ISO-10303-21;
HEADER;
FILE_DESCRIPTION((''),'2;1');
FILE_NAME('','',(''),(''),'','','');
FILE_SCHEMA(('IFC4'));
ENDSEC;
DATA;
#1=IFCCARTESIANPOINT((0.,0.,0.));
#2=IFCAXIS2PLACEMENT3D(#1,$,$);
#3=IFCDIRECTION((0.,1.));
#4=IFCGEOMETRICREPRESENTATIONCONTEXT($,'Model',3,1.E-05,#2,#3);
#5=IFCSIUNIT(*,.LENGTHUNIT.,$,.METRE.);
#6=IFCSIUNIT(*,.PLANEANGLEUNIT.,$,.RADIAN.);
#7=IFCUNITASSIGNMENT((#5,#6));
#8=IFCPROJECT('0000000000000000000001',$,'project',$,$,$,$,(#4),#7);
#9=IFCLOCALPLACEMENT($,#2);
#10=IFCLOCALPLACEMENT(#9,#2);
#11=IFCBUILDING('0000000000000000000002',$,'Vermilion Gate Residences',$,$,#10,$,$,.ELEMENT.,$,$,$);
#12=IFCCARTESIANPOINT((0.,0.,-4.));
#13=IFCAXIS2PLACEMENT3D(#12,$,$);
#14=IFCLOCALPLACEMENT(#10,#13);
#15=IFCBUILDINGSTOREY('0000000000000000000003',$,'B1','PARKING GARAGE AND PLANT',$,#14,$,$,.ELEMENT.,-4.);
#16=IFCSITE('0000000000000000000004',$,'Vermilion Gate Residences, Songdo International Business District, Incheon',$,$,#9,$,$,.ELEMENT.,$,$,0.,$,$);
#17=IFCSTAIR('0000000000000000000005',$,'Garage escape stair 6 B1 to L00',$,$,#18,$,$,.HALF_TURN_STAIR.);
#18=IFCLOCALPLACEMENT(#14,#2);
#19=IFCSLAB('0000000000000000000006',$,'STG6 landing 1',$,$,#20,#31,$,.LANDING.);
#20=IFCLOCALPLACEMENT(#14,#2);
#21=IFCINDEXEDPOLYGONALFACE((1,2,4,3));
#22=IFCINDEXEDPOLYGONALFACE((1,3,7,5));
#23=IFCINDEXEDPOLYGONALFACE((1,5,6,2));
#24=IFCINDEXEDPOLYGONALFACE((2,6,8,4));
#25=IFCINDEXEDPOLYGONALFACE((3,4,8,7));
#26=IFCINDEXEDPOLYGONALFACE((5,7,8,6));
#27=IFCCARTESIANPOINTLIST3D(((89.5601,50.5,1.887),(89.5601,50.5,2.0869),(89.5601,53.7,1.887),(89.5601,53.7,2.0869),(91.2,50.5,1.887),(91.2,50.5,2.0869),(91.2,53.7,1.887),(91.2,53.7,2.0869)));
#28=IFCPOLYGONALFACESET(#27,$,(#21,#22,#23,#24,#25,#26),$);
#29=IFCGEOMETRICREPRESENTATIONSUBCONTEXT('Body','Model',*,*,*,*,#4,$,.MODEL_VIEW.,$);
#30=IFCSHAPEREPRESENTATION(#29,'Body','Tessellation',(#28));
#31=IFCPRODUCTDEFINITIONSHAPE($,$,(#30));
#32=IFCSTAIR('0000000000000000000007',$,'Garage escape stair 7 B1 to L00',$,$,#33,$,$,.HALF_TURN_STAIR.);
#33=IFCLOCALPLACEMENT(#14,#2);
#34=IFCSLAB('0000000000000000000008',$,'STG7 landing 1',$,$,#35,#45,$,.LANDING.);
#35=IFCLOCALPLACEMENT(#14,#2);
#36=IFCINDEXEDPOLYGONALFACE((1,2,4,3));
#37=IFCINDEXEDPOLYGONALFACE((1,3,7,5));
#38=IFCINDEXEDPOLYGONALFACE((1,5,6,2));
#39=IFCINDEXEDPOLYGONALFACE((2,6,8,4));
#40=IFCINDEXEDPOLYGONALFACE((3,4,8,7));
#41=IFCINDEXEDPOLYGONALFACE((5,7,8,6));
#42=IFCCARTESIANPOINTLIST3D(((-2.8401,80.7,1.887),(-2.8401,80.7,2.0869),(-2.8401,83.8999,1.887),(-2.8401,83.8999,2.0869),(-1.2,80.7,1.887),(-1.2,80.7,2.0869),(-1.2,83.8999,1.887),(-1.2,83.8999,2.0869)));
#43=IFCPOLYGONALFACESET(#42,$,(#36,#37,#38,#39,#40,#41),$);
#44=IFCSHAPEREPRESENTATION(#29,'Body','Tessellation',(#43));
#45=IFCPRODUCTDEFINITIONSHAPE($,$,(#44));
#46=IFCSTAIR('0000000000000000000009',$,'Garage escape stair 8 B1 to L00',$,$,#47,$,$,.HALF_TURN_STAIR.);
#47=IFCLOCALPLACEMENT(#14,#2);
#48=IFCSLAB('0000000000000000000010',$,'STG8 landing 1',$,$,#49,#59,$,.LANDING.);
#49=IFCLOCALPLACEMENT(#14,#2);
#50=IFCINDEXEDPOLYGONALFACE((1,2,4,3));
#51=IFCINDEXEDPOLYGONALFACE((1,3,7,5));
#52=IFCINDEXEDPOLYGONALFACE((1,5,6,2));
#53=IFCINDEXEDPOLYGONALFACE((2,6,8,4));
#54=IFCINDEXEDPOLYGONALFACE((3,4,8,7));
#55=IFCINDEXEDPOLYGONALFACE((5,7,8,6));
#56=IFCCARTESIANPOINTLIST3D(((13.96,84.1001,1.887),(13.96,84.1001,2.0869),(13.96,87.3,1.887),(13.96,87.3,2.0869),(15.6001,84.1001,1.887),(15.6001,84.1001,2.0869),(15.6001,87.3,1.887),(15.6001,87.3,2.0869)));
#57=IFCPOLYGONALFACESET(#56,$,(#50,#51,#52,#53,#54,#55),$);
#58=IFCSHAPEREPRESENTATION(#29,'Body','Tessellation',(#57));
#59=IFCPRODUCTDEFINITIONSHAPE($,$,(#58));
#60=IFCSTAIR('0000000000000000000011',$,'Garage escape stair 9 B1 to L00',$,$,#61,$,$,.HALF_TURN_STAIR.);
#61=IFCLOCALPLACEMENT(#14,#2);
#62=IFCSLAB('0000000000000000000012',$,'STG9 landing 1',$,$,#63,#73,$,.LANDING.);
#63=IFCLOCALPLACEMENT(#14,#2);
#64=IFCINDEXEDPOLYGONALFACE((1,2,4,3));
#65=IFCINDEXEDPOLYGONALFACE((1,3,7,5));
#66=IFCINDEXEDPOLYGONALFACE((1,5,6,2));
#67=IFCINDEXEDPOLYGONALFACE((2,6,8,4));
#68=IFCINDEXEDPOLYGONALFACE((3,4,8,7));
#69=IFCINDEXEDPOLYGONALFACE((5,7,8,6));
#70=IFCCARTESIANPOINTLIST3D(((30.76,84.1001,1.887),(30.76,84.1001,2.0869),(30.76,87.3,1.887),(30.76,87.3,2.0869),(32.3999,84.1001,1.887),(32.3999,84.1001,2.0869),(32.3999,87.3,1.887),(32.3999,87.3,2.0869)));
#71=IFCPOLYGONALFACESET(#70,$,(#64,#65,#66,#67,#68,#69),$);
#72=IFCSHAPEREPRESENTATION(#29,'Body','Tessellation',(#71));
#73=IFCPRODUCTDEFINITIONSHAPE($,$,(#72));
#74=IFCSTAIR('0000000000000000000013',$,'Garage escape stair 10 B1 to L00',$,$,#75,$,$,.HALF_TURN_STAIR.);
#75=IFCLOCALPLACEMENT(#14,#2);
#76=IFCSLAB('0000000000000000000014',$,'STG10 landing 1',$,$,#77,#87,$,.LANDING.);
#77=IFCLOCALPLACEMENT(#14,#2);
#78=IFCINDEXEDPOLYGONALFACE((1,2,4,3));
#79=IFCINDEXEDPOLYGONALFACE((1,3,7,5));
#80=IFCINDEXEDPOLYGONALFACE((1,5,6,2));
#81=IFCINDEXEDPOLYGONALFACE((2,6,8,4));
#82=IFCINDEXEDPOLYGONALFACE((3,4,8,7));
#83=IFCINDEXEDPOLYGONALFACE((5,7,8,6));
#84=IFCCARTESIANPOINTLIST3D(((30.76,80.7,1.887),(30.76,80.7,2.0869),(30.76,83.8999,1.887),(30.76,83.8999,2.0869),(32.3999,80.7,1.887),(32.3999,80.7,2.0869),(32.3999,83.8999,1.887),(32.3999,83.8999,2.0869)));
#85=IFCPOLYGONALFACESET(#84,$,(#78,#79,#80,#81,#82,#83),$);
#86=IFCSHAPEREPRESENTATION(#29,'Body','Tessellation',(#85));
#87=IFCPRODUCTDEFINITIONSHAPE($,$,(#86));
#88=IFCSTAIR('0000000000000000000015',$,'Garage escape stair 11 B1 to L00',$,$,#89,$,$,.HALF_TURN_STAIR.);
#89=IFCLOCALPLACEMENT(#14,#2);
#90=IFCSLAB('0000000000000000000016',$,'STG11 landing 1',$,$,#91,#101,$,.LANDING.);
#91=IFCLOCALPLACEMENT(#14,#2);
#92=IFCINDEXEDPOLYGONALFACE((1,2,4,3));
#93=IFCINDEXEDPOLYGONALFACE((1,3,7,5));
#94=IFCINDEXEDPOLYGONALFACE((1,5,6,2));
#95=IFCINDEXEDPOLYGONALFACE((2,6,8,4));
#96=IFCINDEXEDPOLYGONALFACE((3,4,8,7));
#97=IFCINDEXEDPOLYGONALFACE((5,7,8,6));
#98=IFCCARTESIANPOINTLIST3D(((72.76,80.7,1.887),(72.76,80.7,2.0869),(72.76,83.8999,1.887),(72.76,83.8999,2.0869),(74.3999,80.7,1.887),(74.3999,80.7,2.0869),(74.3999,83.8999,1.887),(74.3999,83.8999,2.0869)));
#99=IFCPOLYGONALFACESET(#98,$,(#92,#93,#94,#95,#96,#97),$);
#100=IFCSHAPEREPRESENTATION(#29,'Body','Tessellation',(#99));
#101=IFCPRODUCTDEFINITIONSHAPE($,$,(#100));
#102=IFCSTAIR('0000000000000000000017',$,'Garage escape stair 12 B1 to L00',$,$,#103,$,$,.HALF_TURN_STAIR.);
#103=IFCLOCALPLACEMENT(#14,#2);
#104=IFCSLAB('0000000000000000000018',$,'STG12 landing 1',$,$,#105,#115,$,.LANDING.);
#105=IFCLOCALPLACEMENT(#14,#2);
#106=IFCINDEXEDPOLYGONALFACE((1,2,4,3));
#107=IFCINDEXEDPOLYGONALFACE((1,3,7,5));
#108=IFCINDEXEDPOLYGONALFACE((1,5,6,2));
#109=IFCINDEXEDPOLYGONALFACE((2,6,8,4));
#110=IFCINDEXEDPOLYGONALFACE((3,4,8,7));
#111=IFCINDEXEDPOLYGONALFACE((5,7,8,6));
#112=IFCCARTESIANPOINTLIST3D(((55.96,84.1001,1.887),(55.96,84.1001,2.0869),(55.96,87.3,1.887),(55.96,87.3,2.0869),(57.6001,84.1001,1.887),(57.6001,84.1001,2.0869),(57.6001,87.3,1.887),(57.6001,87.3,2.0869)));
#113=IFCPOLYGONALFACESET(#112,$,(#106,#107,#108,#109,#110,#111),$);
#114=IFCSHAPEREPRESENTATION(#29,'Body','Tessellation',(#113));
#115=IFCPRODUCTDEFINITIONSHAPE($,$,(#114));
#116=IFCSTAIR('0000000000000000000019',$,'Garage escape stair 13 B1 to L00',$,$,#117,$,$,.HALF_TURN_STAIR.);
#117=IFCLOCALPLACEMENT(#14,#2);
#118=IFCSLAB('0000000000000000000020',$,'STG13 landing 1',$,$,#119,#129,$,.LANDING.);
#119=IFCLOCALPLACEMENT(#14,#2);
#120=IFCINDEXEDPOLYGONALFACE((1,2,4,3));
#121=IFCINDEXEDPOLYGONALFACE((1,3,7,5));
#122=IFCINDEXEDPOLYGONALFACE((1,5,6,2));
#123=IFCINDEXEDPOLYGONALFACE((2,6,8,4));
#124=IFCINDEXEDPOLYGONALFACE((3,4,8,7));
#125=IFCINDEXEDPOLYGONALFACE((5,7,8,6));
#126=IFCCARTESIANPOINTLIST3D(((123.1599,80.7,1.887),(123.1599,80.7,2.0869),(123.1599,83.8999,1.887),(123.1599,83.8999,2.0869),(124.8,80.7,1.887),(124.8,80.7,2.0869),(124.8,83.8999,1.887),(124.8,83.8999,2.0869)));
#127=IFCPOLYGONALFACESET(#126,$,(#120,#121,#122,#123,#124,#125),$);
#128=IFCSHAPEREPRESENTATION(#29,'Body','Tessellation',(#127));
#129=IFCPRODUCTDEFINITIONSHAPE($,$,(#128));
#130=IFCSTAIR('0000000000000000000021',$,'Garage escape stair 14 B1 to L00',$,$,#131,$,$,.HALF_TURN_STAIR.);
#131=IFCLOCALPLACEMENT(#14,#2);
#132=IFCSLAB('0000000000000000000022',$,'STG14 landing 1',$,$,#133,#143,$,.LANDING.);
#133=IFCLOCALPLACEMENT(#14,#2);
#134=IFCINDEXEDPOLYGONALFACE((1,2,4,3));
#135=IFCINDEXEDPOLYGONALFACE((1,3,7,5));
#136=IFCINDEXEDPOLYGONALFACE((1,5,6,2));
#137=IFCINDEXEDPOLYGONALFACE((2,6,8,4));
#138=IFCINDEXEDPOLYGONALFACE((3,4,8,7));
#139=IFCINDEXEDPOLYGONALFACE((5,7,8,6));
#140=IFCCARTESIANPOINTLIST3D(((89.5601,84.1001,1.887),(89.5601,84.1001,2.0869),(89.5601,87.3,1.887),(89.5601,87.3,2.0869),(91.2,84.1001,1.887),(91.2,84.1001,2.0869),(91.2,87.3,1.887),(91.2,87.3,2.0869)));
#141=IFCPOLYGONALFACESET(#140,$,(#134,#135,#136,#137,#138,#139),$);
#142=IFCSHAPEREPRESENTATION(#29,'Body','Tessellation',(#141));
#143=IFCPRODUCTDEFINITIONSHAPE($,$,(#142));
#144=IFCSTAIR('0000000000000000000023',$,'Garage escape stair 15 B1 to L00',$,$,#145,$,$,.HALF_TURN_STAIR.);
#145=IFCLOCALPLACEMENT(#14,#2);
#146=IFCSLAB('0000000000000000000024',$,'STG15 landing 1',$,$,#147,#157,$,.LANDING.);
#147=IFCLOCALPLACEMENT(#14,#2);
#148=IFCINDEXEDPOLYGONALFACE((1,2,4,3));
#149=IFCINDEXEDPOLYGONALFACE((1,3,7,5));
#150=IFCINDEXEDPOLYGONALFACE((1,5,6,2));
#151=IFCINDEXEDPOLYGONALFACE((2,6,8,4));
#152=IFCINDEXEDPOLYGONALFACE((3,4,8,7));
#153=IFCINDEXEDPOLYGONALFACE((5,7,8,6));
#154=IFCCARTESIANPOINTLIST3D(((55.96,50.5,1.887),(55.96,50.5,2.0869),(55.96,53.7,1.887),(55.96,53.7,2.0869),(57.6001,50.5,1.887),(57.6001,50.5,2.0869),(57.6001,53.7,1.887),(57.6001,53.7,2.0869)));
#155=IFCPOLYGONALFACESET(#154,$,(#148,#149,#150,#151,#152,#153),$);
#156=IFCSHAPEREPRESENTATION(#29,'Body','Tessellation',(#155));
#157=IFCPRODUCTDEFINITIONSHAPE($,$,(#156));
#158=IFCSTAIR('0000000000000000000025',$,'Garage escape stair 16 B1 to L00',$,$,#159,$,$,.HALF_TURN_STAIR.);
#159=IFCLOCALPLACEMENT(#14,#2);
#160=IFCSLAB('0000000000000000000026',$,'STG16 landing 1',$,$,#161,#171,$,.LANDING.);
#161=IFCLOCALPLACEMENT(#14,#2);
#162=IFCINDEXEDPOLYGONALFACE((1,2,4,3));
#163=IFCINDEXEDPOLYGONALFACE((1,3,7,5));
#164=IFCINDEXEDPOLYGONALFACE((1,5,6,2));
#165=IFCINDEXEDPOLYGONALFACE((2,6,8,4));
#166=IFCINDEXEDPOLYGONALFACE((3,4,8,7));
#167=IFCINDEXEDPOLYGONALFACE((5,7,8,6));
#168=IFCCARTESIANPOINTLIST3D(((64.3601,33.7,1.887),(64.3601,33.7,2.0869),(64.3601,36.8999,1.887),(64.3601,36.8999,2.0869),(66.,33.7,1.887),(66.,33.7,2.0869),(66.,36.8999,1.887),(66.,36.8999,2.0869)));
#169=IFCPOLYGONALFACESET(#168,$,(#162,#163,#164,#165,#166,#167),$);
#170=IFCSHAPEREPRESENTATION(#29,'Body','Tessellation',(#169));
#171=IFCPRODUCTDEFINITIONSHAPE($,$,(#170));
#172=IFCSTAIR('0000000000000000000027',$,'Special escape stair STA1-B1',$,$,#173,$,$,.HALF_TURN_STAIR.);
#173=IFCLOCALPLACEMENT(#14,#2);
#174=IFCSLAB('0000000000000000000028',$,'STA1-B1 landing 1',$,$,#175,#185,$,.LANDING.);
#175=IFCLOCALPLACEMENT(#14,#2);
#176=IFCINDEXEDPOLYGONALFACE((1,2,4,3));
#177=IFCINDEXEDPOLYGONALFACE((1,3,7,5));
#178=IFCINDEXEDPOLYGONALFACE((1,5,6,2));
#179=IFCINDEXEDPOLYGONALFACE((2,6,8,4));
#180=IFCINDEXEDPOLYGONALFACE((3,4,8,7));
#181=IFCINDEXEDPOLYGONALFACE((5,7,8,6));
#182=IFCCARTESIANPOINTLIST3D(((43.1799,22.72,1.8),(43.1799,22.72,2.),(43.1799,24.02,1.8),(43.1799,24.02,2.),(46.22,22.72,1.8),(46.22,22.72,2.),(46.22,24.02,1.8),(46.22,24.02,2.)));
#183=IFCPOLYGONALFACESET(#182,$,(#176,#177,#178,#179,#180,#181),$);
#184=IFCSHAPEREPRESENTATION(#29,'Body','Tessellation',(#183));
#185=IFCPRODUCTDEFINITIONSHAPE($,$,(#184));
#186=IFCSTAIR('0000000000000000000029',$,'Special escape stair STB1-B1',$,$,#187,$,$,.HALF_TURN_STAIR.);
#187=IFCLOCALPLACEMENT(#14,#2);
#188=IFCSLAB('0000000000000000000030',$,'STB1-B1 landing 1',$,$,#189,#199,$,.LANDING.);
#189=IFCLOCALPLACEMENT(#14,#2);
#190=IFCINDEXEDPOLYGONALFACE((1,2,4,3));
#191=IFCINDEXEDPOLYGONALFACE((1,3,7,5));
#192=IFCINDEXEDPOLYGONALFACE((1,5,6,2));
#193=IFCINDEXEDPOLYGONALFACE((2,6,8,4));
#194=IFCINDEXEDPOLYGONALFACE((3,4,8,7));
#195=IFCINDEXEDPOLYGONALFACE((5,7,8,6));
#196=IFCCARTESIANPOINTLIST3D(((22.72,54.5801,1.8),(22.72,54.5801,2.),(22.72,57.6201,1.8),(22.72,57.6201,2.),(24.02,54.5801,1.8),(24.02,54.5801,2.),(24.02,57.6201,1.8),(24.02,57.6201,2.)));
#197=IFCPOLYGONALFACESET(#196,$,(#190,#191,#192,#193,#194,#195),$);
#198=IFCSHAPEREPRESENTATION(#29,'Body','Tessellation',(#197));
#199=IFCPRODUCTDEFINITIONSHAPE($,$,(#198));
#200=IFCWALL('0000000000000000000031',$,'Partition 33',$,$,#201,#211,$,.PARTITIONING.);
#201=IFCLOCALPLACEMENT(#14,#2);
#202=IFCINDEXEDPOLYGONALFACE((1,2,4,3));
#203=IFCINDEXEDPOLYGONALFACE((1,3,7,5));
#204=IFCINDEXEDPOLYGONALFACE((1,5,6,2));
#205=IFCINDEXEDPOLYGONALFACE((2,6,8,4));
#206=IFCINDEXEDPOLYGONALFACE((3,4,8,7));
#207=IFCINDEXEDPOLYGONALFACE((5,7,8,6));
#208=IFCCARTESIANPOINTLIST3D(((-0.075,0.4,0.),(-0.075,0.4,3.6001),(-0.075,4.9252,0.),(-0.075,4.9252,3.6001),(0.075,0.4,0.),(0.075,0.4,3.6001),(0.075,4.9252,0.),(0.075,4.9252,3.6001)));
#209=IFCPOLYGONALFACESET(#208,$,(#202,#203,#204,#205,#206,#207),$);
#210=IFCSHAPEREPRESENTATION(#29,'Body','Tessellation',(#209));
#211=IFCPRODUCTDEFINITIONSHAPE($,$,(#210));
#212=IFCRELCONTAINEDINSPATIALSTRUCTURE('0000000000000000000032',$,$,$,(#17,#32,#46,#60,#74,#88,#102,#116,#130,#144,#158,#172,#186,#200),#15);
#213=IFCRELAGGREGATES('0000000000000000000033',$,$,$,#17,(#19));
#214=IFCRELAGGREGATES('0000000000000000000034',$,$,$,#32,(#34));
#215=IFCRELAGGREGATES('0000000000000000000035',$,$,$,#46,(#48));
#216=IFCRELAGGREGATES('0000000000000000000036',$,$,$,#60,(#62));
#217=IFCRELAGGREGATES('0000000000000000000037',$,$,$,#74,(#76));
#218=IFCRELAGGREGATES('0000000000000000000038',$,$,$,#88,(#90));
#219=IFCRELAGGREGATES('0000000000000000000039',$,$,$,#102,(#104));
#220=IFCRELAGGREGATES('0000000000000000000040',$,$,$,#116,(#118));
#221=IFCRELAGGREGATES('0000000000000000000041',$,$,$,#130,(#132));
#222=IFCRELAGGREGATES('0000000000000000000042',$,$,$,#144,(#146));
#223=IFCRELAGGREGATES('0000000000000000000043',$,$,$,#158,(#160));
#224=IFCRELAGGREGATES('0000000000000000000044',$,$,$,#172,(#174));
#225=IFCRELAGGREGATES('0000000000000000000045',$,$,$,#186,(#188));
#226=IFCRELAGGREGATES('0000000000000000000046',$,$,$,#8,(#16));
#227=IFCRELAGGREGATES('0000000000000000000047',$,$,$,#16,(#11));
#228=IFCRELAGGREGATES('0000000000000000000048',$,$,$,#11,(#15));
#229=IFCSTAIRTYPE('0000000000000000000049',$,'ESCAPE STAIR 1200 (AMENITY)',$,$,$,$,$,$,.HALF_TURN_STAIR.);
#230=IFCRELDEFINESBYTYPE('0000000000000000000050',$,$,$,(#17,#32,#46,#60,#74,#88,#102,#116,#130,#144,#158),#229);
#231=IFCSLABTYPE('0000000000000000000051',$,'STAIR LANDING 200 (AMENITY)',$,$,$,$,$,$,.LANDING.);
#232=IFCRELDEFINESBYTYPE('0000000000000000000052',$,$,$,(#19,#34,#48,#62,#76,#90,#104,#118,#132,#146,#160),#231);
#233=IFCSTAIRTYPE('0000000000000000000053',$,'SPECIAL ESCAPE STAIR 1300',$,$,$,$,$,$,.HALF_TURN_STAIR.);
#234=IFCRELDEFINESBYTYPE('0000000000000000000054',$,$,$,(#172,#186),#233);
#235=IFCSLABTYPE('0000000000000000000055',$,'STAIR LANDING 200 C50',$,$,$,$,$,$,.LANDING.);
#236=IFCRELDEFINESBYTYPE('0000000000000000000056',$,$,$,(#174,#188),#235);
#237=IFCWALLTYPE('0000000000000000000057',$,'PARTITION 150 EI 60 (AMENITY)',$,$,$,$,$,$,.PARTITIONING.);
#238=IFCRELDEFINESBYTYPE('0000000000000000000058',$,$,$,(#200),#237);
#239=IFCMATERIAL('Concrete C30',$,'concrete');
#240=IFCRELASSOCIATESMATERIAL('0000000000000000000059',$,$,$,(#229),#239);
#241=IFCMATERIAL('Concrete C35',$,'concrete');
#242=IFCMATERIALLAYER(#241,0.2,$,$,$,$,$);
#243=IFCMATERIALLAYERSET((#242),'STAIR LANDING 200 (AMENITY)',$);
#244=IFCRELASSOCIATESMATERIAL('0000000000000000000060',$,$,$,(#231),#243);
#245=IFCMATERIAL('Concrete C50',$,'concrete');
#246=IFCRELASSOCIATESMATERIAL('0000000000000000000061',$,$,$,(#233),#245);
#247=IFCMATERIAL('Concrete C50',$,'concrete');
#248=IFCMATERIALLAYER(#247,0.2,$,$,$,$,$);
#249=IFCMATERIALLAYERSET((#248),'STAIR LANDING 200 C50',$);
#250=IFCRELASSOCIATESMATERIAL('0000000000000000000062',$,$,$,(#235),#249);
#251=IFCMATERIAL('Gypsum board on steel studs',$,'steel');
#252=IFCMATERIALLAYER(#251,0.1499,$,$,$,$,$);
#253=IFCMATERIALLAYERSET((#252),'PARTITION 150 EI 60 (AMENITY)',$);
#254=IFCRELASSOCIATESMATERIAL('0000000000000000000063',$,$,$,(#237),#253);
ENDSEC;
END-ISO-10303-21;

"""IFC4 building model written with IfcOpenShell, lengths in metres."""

from ifc_helpers import new_model, si_unit, direction, frame, frame_2d, origin, place, context, subcontext, project, spatial, polyline, rectangle, outline, extrude, material, layer, layer_set, type_object, element, aggregate, save


model = new_model("IFC4")

# Units and contexts
model_context = context("Model", 3, precision=1e-05, world=origin(), true_north=direction((0.0, 1.0)))
body_context = subcontext(model_context, "Body", "Model", "MODEL_VIEW")
ifc_project = project(units=[si_unit("LENGTHUNIT", "METRE"), si_unit("PLANEANGLEUNIT", "RADIAN")], contexts=[model_context])

# Site, building, storey
site_placement = place(None, origin())
site = spatial("IfcSite", under=ifc_project, at=site_placement, Name="Vermilion Gate Residences, Songdo International Business District, Incheon", CompositionType="ELEMENT", RefElevation=0.0)
building_placement = place(site_placement, origin())
building = spatial("IfcBuilding", under=site, at=building_placement, Name="Vermilion Gate Residences", CompositionType="ELEMENT")
storey_placement = place(building_placement, frame((0.0, 0.0, -4.0)))
storey = spatial("IfcBuildingStorey", under=building, at=storey_placement, Name="B1", Description="PARKING GARAGE AND PLANT", CompositionType="ELEMENT", Elevation=-4.0)

# Stairs, slabs
ifc_material_1 = material(Name="Concrete C30", Category="concrete")
stair_type_1 = type_object("IfcStairType", Name="ESCAPE STAIR 1200 (AMENITY)", PredefinedType="HALF_TURN_STAIR", material=ifc_material_1)
ifc_material_2 = material(Name="Concrete C35", Category="concrete")
ifc_layer_1 = layer(ifc_material_2, 0.2)
ifc_layer_set_1 = layer_set([ifc_layer_1], Name="STAIR LANDING 200 (AMENITY)")
slab_type_1 = type_object("IfcSlabType", Name="STAIR LANDING 200 (AMENITY)", PredefinedType="LANDING", material=ifc_layer_set_1)
stair_1_placement = place(storey_placement, origin())
stair_1 = element("IfcStair", 1, at=stair_1_placement, inside=storey, type_object=stair_type_1, Name="Garage escape stair 6 B1 to L00", PredefinedType="HALF_TURN_STAIR")
slab_1_placement = place(storey_placement, frame((0.0, 0.0, 1.887)))
slab_1 = element("IfcSlab", 2, at=slab_1_placement, type_object=slab_type_1, Name="STG6 landing 1", PredefinedType="LANDING", context=body_context, shape_type="SweptSolid", body=[
    extrude(outline(polyline([(89.5601, 50.5), (91.2, 50.5), (91.2, 53.7), (89.5601, 53.7), (89.5601, 50.5)])), origin(), (0.0, 0.0, 1.0), 0.2),
])
aggregate(stair_1, [slab_1])
stair_2_placement = place(storey_placement, origin())
stair_2 = element("IfcStair", 3, at=stair_2_placement, inside=storey, type_object=stair_type_1, Name="Garage escape stair 7 B1 to L00", PredefinedType="HALF_TURN_STAIR")
slab_2_placement = place(storey_placement, frame((0.0, 0.0, 1.887)))
slab_2 = element("IfcSlab", 4, at=slab_2_placement, type_object=slab_type_1, Name="STG7 landing 1", PredefinedType="LANDING", context=body_context, shape_type="SweptSolid", body=[
    extrude(outline(polyline([(-2.8401, 80.7), (-1.2, 80.7), (-1.2, 83.8999), (-2.8401, 83.8999), (-2.8401, 80.7)])), origin(), (0.0, 0.0, 1.0), 0.2),
])
aggregate(stair_2, [slab_2])
stair_3_placement = place(storey_placement, origin())
stair_3 = element("IfcStair", 5, at=stair_3_placement, inside=storey, type_object=stair_type_1, Name="Garage escape stair 8 B1 to L00", PredefinedType="HALF_TURN_STAIR")
slab_3_placement = place(storey_placement, frame((0.0, 0.0, 1.887)))
slab_3 = element("IfcSlab", 6, at=slab_3_placement, type_object=slab_type_1, Name="STG8 landing 1", PredefinedType="LANDING", context=body_context, shape_type="SweptSolid", body=[
    extrude(outline(polyline([(13.96, 84.1001), (15.6001, 84.1001), (15.6001, 87.3), (13.96, 87.3), (13.96, 84.1001)])), origin(), (0.0, 0.0, 1.0), 0.2),
])
aggregate(stair_3, [slab_3])
stair_4_placement = place(storey_placement, origin())
stair_4 = element("IfcStair", 7, at=stair_4_placement, inside=storey, type_object=stair_type_1, Name="Garage escape stair 9 B1 to L00", PredefinedType="HALF_TURN_STAIR")
slab_4_placement = place(storey_placement, frame((0.0, 0.0, 1.887)))
slab_4 = element("IfcSlab", 8, at=slab_4_placement, type_object=slab_type_1, Name="STG9 landing 1", PredefinedType="LANDING", context=body_context, shape_type="SweptSolid", body=[
    extrude(outline(polyline([(30.76, 84.1001), (32.3999, 84.1001), (32.3999, 87.3), (30.76, 87.3), (30.76, 84.1001)])), origin(), (0.0, 0.0, 1.0), 0.2),
])
aggregate(stair_4, [slab_4])
stair_5_placement = place(storey_placement, origin())
stair_5 = element("IfcStair", 9, at=stair_5_placement, inside=storey, type_object=stair_type_1, Name="Garage escape stair 10 B1 to L00", PredefinedType="HALF_TURN_STAIR")
slab_5_placement = place(storey_placement, frame((0.0, 0.0, 1.887)))
slab_5 = element("IfcSlab", 10, at=slab_5_placement, type_object=slab_type_1, Name="STG10 landing 1", PredefinedType="LANDING", context=body_context, shape_type="SweptSolid", body=[
    extrude(outline(polyline([(30.76, 80.7), (32.3999, 80.7), (32.3999, 83.8999), (30.76, 83.8999), (30.76, 80.7)])), origin(), (0.0, 0.0, 1.0), 0.2),
])
aggregate(stair_5, [slab_5])
stair_6_placement = place(storey_placement, origin())
stair_6 = element("IfcStair", 11, at=stair_6_placement, inside=storey, type_object=stair_type_1, Name="Garage escape stair 11 B1 to L00", PredefinedType="HALF_TURN_STAIR")
slab_6_placement = place(storey_placement, frame((0.0, 0.0, 1.887)))
slab_6 = element("IfcSlab", 12, at=slab_6_placement, type_object=slab_type_1, Name="STG11 landing 1", PredefinedType="LANDING", context=body_context, shape_type="SweptSolid", body=[
    extrude(outline(polyline([(72.76, 80.7), (74.3999, 80.7), (74.3999, 83.8999), (72.76, 83.8999), (72.76, 80.7)])), origin(), (0.0, 0.0, 1.0), 0.2),
])
aggregate(stair_6, [slab_6])
stair_7_placement = place(storey_placement, origin())
stair_7 = element("IfcStair", 13, at=stair_7_placement, inside=storey, type_object=stair_type_1, Name="Garage escape stair 12 B1 to L00", PredefinedType="HALF_TURN_STAIR")
slab_7_placement = place(storey_placement, frame((0.0, 0.0, 1.887)))
slab_7 = element("IfcSlab", 14, at=slab_7_placement, type_object=slab_type_1, Name="STG12 landing 1", PredefinedType="LANDING", context=body_context, shape_type="SweptSolid", body=[
    extrude(outline(polyline([(55.96, 84.1001), (57.6001, 84.1001), (57.6001, 87.3), (55.96, 87.3), (55.96, 84.1001)])), origin(), (0.0, 0.0, 1.0), 0.2),
])
aggregate(stair_7, [slab_7])
stair_8_placement = place(storey_placement, origin())
stair_8 = element("IfcStair", 15, at=stair_8_placement, inside=storey, type_object=stair_type_1, Name="Garage escape stair 13 B1 to L00", PredefinedType="HALF_TURN_STAIR")
slab_8_placement = place(storey_placement, frame((0.0, 0.0, 1.887)))
slab_8 = element("IfcSlab", 16, at=slab_8_placement, type_object=slab_type_1, Name="STG13 landing 1", PredefinedType="LANDING", context=body_context, shape_type="SweptSolid", body=[
    extrude(outline(polyline([(123.1599, 80.7), (124.8, 80.7), (124.8, 83.8999), (123.1599, 83.8999), (123.1599, 80.7)])), origin(), (0.0, 0.0, 1.0), 0.2),
])
aggregate(stair_8, [slab_8])
stair_9_placement = place(storey_placement, origin())
stair_9 = element("IfcStair", 17, at=stair_9_placement, inside=storey, type_object=stair_type_1, Name="Garage escape stair 14 B1 to L00", PredefinedType="HALF_TURN_STAIR")
slab_9_placement = place(storey_placement, frame((0.0, 0.0, 1.887)))
slab_9 = element("IfcSlab", 18, at=slab_9_placement, type_object=slab_type_1, Name="STG14 landing 1", PredefinedType="LANDING", context=body_context, shape_type="SweptSolid", body=[
    extrude(outline(polyline([(89.5601, 84.1001), (91.2, 84.1001), (91.2, 87.3), (89.5601, 87.3), (89.5601, 84.1001)])), origin(), (0.0, 0.0, 1.0), 0.2),
])
aggregate(stair_9, [slab_9])
stair_10_placement = place(storey_placement, origin())
stair_10 = element("IfcStair", 19, at=stair_10_placement, inside=storey, type_object=stair_type_1, Name="Garage escape stair 15 B1 to L00", PredefinedType="HALF_TURN_STAIR")
slab_10_placement = place(storey_placement, frame((0.0, 0.0, 1.887)))
slab_10 = element("IfcSlab", 20, at=slab_10_placement, type_object=slab_type_1, Name="STG15 landing 1", PredefinedType="LANDING", context=body_context, shape_type="SweptSolid", body=[
    extrude(outline(polyline([(55.96, 50.5), (57.6001, 50.5), (57.6001, 53.7), (55.96, 53.7), (55.96, 50.5)])), origin(), (0.0, 0.0, 1.0), 0.2),
])
aggregate(stair_10, [slab_10])
stair_11_placement = place(storey_placement, origin())
stair_11 = element("IfcStair", 21, at=stair_11_placement, inside=storey, type_object=stair_type_1, Name="Garage escape stair 16 B1 to L00", PredefinedType="HALF_TURN_STAIR")
slab_11_placement = place(storey_placement, frame((0.0, 0.0, 1.887)))
slab_11 = element("IfcSlab", 22, at=slab_11_placement, type_object=slab_type_1, Name="STG16 landing 1", PredefinedType="LANDING", context=body_context, shape_type="SweptSolid", body=[
    extrude(outline(polyline([(64.3601, 33.7), (66.0, 33.7), (66.0, 36.8999), (64.3601, 36.8999), (64.3601, 33.7)])), origin(), (0.0, 0.0, 1.0), 0.2),
])
aggregate(stair_11, [slab_11])
ifc_material_3 = material(Name="Concrete C50", Category="concrete")
stair_type_2 = type_object("IfcStairType", Name="SPECIAL ESCAPE STAIR 1300", PredefinedType="HALF_TURN_STAIR", material=ifc_material_3)
stair_12_placement = place(storey_placement, origin())
stair_12 = element("IfcStair", 23, at=stair_12_placement, inside=storey, type_object=stair_type_2, Name="Special escape stair STA1-B1", PredefinedType="HALF_TURN_STAIR")
ifc_material_4 = material(Name="Concrete C50", Category="concrete")
ifc_layer_2 = layer(ifc_material_4, 0.2)
ifc_layer_set_2 = layer_set([ifc_layer_2], Name="STAIR LANDING 200 C50")
slab_type_2 = type_object("IfcSlabType", Name="STAIR LANDING 200 C50", PredefinedType="LANDING", material=ifc_layer_set_2)
slab_12_placement = place(storey_placement, frame((0.0, 0.0, 1.8)))
slab_12 = element("IfcSlab", 24, at=slab_12_placement, type_object=slab_type_2, Name="STA1-B1 landing 1", PredefinedType="LANDING", context=body_context, shape_type="SweptSolid", body=[
    extrude(outline(polyline([(46.22, 22.72), (46.22, 24.02), (43.1799, 24.02), (43.1799, 22.72), (46.22, 22.72)])), origin(), (0.0, 0.0, 1.0), 0.2),
])
aggregate(stair_12, [slab_12])
stair_13_placement = place(storey_placement, origin())
stair_13 = element("IfcStair", 25, at=stair_13_placement, inside=storey, type_object=stair_type_2, Name="Special escape stair STB1-B1", PredefinedType="HALF_TURN_STAIR")
slab_13_placement = place(storey_placement, frame((0.0, 0.0, 1.8)))
slab_13 = element("IfcSlab", 26, at=slab_13_placement, type_object=slab_type_2, Name="STB1-B1 landing 1", PredefinedType="LANDING", context=body_context, shape_type="SweptSolid", body=[
    extrude(outline(polyline([(24.02, 54.5801), (24.02, 57.6201), (22.72, 57.6201), (22.72, 54.5801), (24.02, 54.5801)])), origin(), (0.0, 0.0, 1.0), 0.2),
])
aggregate(stair_13, [slab_13])

# Wall
ifc_material_5 = material(Name="Gypsum board on steel studs", Category="steel")
ifc_layer_3 = layer(ifc_material_5, 0.1499)
ifc_layer_set_3 = layer_set([ifc_layer_3], Name="PARTITION 150 EI 60 (AMENITY)")
wall_type_1 = type_object("IfcWallType", Name="PARTITION 150 EI 60 (AMENITY)", PredefinedType="PARTITIONING", material=ifc_layer_set_3)
wall_1_placement = place(storey_placement, frame((0.0, 0.3999, 0.0), z_axis=(0.0, 0.0, 1.0), x_axis=(0.0, 1.0, 0.0)))
element("IfcWall", 27, at=wall_1_placement, inside=storey, type_object=wall_type_1, Name="Partition 33", PredefinedType="PARTITIONING", context=body_context, shape_type="SweptSolid", body=[
    extrude(rectangle(XDim=4.5251, YDim=0.1499, at=frame_2d((2.2627, 0.0))), origin(), (0.0, 0.0, 1.0), 3.6001),
])

save(model, "model.ifc")
